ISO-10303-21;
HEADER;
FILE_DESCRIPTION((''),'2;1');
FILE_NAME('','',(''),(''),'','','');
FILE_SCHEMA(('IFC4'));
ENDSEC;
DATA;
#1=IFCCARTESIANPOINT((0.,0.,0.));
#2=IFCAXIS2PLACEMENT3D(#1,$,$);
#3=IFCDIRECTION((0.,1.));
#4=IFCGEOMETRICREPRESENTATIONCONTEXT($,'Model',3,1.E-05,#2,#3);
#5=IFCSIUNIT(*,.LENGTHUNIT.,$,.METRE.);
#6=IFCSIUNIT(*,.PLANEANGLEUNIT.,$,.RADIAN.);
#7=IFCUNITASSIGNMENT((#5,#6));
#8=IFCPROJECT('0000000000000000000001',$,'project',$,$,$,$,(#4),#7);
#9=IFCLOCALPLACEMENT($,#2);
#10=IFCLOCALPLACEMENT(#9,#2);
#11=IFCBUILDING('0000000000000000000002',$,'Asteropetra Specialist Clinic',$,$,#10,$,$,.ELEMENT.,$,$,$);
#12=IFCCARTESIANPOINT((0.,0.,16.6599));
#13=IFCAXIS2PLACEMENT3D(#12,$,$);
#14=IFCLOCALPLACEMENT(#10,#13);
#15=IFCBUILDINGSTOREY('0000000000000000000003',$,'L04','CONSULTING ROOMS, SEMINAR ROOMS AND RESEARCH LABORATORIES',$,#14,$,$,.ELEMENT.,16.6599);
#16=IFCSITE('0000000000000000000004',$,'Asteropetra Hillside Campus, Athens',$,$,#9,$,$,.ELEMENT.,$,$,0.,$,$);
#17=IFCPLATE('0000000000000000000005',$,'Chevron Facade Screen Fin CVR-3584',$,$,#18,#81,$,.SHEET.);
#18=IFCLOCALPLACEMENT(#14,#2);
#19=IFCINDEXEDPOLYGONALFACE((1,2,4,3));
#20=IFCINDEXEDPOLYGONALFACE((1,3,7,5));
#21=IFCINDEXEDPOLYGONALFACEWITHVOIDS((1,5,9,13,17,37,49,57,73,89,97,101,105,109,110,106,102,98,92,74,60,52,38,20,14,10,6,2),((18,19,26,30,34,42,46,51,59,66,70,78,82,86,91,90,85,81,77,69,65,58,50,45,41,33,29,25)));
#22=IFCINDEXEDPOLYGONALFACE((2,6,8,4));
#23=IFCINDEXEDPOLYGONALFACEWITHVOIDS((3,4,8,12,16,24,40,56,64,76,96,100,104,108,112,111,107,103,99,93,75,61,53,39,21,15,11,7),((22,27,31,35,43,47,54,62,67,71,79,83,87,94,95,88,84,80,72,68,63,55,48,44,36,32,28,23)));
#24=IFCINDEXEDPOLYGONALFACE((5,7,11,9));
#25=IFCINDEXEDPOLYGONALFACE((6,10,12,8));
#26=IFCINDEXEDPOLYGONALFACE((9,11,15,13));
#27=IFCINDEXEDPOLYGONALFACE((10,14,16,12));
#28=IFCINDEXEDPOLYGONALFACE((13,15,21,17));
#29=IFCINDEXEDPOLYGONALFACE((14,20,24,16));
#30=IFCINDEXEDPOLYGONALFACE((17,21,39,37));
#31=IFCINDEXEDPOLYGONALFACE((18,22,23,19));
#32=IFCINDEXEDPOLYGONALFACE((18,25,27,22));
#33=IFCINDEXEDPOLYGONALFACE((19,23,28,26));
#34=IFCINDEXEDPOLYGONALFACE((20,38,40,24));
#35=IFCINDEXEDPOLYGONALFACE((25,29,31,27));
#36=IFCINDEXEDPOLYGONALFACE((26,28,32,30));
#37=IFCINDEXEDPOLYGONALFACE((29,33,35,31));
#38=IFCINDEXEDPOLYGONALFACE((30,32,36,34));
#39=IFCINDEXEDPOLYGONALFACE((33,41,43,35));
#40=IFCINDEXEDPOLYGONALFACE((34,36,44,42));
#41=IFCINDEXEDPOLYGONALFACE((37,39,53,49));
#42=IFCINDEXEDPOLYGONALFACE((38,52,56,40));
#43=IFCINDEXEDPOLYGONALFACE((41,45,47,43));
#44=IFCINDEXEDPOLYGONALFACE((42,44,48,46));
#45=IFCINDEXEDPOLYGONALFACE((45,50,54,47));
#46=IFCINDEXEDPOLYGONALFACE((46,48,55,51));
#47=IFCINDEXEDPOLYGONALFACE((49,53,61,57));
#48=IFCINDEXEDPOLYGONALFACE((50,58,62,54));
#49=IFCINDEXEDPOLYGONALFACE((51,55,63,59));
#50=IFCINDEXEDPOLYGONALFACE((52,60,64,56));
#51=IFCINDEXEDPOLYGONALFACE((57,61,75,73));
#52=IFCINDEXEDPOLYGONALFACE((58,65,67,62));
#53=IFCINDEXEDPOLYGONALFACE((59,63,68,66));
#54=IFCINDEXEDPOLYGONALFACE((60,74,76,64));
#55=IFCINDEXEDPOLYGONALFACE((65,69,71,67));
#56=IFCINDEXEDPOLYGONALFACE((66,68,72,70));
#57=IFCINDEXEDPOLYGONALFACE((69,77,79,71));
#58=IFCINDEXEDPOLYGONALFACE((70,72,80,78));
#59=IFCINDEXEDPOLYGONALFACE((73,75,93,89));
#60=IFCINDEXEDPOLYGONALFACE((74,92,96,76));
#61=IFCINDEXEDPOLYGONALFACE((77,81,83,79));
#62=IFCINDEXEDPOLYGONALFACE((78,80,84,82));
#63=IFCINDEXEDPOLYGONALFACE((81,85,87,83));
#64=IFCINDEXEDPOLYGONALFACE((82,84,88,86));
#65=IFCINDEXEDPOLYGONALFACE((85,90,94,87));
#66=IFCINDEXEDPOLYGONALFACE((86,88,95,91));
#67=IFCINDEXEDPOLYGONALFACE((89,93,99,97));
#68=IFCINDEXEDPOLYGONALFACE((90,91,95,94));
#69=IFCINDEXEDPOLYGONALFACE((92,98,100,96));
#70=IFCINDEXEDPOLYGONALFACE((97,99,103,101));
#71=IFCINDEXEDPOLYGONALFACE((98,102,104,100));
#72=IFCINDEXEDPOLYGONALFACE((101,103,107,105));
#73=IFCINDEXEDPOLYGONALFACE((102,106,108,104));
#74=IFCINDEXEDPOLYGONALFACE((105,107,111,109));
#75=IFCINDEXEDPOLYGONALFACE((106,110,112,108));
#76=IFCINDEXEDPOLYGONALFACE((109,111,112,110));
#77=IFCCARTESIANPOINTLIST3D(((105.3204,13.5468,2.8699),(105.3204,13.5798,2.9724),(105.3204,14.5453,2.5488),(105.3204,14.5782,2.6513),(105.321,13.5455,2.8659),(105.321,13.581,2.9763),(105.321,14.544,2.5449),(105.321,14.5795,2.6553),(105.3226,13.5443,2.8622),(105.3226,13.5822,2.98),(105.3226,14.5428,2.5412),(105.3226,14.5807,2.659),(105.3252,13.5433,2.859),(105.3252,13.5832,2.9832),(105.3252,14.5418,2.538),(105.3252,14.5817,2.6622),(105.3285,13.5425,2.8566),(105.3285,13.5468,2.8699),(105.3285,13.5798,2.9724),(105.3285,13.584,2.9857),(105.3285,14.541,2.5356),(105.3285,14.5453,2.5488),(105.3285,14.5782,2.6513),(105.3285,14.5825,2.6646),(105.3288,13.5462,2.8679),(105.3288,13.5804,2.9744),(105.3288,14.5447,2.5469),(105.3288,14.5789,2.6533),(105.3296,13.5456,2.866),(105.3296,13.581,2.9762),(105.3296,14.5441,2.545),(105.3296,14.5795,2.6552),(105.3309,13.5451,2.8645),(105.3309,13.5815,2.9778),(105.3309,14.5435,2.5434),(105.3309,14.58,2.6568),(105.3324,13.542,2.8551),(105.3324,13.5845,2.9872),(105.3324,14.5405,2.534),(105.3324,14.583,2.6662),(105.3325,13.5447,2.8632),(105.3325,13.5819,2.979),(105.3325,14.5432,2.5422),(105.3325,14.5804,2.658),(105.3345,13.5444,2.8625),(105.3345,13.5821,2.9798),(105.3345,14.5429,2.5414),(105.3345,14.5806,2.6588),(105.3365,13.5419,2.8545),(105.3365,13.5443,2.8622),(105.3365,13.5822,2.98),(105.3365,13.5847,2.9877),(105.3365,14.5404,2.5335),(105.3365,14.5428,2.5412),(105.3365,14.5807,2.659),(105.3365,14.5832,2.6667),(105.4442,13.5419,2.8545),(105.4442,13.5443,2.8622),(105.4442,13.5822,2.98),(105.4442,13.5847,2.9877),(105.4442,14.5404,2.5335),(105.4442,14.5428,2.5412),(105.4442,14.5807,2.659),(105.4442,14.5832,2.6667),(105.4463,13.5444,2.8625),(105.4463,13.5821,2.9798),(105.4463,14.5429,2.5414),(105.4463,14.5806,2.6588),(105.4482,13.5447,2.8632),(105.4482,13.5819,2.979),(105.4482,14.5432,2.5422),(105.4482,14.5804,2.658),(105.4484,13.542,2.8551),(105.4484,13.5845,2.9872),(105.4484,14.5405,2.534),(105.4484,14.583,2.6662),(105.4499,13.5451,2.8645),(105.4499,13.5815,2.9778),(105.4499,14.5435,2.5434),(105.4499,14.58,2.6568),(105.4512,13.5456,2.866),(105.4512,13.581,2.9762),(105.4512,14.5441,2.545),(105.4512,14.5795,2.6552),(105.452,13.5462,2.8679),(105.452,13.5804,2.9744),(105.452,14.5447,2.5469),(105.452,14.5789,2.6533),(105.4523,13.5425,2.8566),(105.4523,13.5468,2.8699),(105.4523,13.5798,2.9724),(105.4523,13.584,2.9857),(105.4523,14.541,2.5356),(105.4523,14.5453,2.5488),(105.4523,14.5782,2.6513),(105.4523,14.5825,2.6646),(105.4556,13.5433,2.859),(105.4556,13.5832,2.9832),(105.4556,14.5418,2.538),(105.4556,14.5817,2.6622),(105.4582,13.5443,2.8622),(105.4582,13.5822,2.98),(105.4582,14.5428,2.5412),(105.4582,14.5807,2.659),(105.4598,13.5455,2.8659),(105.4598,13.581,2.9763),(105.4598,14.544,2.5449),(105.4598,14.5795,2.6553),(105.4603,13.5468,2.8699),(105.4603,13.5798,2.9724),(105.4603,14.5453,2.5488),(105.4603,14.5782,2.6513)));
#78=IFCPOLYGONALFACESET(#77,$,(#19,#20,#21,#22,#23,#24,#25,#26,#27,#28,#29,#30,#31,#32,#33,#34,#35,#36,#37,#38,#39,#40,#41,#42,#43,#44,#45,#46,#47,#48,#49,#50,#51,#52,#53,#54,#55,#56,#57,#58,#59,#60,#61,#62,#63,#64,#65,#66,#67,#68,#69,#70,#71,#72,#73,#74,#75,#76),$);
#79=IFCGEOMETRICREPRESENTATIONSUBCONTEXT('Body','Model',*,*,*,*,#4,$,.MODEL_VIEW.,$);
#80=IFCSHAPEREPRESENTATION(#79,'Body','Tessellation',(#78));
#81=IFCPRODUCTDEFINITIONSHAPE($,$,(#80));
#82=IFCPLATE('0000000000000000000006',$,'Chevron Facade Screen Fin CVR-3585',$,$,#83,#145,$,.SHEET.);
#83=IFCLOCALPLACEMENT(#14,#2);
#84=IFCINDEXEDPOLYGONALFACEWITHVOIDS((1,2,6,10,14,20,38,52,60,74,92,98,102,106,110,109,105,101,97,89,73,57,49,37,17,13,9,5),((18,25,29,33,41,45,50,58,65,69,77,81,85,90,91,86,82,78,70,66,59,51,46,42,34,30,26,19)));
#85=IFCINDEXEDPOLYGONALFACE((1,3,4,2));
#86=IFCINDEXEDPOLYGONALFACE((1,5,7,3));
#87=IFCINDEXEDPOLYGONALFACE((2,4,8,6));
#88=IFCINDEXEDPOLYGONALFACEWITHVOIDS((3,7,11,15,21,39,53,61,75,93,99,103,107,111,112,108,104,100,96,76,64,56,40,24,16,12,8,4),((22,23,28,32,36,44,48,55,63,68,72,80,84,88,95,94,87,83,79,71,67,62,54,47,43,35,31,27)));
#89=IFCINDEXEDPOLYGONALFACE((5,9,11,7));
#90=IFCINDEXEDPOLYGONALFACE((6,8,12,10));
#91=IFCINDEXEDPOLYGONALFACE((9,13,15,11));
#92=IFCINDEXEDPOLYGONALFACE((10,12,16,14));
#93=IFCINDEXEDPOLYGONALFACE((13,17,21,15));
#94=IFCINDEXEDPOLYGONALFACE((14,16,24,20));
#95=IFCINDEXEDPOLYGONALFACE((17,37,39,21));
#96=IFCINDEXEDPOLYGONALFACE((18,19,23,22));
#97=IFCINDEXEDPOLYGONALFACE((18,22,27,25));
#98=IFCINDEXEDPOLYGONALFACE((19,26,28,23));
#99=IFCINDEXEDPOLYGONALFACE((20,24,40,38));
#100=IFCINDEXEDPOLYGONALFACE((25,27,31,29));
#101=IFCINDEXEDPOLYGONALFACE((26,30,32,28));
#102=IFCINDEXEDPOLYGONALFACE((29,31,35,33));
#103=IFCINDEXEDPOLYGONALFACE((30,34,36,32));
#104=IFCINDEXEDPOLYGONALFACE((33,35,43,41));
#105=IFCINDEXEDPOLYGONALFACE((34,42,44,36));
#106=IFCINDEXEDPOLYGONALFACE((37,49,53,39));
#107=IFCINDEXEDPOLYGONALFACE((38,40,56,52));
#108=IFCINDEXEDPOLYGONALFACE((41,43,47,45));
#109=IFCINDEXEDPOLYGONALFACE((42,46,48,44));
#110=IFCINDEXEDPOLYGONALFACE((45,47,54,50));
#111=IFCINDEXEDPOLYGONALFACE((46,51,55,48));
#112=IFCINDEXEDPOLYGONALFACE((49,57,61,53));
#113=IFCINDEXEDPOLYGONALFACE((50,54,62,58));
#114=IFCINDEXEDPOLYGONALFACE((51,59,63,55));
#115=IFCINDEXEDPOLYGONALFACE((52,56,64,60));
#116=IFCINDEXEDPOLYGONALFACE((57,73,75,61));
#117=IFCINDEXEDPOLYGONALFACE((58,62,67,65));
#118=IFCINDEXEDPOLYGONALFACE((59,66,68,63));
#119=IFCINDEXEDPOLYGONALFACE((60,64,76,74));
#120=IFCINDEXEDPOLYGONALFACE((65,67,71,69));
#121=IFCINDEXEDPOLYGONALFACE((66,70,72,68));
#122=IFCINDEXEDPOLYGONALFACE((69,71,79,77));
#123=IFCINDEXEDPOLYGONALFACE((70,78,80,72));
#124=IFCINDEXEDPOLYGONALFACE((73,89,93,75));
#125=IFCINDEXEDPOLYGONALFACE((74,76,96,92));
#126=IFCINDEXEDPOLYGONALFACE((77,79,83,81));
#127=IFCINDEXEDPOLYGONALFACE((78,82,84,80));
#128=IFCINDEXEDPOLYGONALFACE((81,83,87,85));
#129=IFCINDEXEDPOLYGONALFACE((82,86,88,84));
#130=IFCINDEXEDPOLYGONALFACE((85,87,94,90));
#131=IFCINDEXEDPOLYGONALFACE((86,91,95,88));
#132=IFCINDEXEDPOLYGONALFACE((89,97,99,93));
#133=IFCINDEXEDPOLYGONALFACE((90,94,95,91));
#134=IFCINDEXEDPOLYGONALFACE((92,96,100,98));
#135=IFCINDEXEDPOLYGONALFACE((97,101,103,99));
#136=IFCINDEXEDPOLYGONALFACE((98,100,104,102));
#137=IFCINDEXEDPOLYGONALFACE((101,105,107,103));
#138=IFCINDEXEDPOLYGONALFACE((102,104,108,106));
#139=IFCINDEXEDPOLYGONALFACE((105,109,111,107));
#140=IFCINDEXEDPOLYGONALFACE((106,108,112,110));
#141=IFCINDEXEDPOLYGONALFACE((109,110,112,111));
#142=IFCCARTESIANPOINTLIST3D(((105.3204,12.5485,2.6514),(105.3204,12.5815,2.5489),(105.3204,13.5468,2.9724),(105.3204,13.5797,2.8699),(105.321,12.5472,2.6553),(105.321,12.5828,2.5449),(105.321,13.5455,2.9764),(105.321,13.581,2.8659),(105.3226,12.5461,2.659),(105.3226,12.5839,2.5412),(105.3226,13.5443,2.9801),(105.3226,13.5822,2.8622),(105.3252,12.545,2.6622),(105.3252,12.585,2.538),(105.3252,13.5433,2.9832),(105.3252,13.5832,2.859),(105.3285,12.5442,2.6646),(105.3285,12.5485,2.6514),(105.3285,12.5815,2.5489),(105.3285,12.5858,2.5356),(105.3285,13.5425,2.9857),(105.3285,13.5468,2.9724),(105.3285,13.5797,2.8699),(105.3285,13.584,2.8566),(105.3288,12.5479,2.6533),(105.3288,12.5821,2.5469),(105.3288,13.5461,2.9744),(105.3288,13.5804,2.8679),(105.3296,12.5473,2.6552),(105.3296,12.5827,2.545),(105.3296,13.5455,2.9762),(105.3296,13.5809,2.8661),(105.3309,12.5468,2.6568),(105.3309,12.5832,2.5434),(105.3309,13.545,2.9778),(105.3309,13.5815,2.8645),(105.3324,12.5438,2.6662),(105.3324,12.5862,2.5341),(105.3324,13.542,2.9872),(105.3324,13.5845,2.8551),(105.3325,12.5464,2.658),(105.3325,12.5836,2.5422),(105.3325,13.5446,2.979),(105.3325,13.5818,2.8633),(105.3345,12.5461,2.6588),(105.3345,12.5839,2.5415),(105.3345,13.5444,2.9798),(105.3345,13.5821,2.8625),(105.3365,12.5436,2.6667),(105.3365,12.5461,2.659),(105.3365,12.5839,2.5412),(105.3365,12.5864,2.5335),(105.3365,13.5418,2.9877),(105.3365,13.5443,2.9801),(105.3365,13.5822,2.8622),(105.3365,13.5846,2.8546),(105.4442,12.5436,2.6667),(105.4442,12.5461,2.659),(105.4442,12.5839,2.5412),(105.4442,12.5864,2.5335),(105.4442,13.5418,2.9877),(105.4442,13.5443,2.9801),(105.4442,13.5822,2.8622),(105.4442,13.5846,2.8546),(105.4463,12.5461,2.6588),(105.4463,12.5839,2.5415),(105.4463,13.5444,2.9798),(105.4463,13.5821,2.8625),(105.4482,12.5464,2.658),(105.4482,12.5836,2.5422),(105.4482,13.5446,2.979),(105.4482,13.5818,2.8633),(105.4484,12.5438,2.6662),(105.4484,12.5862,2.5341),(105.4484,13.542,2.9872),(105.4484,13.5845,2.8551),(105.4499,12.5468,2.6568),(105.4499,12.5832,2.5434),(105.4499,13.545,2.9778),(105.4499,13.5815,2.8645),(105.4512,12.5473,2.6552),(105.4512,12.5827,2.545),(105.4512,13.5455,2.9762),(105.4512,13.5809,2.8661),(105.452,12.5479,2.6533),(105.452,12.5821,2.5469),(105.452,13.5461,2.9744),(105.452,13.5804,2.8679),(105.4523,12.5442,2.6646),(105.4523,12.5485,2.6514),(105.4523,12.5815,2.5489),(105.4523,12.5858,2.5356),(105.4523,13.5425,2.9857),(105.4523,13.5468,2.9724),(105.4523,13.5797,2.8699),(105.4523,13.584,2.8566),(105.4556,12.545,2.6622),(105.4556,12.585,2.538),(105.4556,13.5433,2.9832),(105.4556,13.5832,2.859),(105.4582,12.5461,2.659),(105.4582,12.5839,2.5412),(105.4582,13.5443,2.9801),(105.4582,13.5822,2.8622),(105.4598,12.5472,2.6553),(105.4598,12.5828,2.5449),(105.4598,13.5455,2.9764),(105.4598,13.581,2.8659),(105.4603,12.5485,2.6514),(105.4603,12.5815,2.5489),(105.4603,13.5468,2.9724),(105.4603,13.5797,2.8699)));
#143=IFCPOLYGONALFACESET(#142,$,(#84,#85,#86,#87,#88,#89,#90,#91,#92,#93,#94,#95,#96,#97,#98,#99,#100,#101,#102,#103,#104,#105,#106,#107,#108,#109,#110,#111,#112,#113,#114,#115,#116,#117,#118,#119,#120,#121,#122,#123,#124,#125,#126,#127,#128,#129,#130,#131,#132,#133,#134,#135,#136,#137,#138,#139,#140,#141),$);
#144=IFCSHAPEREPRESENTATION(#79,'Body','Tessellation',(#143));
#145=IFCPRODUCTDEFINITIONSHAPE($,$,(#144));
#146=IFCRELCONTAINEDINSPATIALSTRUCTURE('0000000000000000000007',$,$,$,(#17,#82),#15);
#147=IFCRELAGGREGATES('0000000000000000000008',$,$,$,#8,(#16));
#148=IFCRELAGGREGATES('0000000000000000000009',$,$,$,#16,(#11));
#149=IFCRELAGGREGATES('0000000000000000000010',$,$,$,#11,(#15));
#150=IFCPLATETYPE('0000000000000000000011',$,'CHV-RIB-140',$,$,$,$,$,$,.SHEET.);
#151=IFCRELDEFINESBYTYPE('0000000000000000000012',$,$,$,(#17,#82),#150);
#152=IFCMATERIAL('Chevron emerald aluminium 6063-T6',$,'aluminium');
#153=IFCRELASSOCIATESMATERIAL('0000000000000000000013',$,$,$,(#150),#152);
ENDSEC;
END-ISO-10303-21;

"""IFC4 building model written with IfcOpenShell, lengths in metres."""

from ifc_helpers import new_model, si_unit, direction, frame, origin, origin_2d, place, context, subcontext, project, spatial, hollow_rectangle, extrude, material, material_profile, profile_set, type_object, element, save


model = new_model("IFC4")

# Units and contexts
model_context = context("Model", 3, precision=1e-05, world=origin(), true_north=direction((0.0, 1.0)))
body_context = subcontext(model_context, "Body", "Model", "MODEL_VIEW")
ifc_project = project(units=[si_unit("LENGTHUNIT", "METRE"), si_unit("PLANEANGLEUNIT", "RADIAN")], contexts=[model_context])

# Site, building, storey
site_placement = place(None, origin())
site = spatial("IfcSite", under=ifc_project, at=site_placement, Name="Asteropetra Hillside Campus, Athens", CompositionType="ELEMENT", RefElevation=0.0)
building_placement = place(site_placement, origin())
building = spatial("IfcBuilding", under=site, at=building_placement, Name="Asteropetra Specialist Clinic", CompositionType="ELEMENT")
storey_placement = place(building_placement, frame((0.0, 0.0, 16.6599)))
storey = spatial("IfcBuildingStorey", under=building, at=storey_placement, Name="L04", Description="CONSULTING ROOMS, SEMINAR ROOMS AND RESEARCH LABORATORIES", CompositionType="ELEMENT", Elevation=16.6599)

# Plates
ifc_material_1 = material(Name="Chevron emerald aluminium 6063-T6", Category="aluminium")
ifc_material_profile = material_profile(ifc_material_1, hollow_rectangle(XDim=0.1399, YDim=0.1399, WallThickness=0.0081, InnerFilletRadius=0.0081, OuterFilletRadius=0.0161, at=origin_2d()), Name="SHS 140x140x8.0")
ifc_profile_set = profile_set([ifc_material_profile], Name="Chevron emerald aluminium 6063-T6")
plate_type = type_object("IfcPlateType", Name="CHV-RIB-140", PredefinedType="SHEET", material=ifc_profile_set)
plate_1_placement = place(storey_placement, frame((105.3904, 14.5618, 2.6001), z_axis=(0.0, -0.952004, 0.306085), x_axis=(1.0, 0.0, 0.0)))
element("IfcPlate", 1, at=plate_1_placement, inside=storey, type_object=plate_type, Name="Chevron Facade Screen Fin CVR-3584", PredefinedType="SHEET", context=body_context, shape_type="SweptSolid", body=[
    extrude(hollow_rectangle(XDim=0.1399, YDim=0.1399, WallThickness=0.0081, InnerFilletRadius=0.0081, OuterFilletRadius=0.0161, at=origin_2d()), origin(), (0.0, 0.0, 1.0), 1.0488),
])
for number, where, z_axis, x_axis, name in (
    (2, (105.3904, 13.5632, 2.9211), (0.0, -0.951983, -0.306152), (1.0, 0.0, 0.0), "Chevron Facade Screen Fin CVR-3585"),
):
    element("IfcPlate", number, at=place(storey_placement, frame(where, z_axis=z_axis, x_axis=x_axis)), inside=storey, type_object=plate_type, Name=name, PredefinedType="SHEET", context=body_context, shape_type="SweptSolid", body=[
        extrude(hollow_rectangle(XDim=0.1399, YDim=0.1399, WallThickness=0.0081, InnerFilletRadius=0.0081, OuterFilletRadius=0.0161, at=origin_2d()), origin(), (0.0, 0.0, 1.0), 1.0486),
    ])

save(model, "model.ifc")
